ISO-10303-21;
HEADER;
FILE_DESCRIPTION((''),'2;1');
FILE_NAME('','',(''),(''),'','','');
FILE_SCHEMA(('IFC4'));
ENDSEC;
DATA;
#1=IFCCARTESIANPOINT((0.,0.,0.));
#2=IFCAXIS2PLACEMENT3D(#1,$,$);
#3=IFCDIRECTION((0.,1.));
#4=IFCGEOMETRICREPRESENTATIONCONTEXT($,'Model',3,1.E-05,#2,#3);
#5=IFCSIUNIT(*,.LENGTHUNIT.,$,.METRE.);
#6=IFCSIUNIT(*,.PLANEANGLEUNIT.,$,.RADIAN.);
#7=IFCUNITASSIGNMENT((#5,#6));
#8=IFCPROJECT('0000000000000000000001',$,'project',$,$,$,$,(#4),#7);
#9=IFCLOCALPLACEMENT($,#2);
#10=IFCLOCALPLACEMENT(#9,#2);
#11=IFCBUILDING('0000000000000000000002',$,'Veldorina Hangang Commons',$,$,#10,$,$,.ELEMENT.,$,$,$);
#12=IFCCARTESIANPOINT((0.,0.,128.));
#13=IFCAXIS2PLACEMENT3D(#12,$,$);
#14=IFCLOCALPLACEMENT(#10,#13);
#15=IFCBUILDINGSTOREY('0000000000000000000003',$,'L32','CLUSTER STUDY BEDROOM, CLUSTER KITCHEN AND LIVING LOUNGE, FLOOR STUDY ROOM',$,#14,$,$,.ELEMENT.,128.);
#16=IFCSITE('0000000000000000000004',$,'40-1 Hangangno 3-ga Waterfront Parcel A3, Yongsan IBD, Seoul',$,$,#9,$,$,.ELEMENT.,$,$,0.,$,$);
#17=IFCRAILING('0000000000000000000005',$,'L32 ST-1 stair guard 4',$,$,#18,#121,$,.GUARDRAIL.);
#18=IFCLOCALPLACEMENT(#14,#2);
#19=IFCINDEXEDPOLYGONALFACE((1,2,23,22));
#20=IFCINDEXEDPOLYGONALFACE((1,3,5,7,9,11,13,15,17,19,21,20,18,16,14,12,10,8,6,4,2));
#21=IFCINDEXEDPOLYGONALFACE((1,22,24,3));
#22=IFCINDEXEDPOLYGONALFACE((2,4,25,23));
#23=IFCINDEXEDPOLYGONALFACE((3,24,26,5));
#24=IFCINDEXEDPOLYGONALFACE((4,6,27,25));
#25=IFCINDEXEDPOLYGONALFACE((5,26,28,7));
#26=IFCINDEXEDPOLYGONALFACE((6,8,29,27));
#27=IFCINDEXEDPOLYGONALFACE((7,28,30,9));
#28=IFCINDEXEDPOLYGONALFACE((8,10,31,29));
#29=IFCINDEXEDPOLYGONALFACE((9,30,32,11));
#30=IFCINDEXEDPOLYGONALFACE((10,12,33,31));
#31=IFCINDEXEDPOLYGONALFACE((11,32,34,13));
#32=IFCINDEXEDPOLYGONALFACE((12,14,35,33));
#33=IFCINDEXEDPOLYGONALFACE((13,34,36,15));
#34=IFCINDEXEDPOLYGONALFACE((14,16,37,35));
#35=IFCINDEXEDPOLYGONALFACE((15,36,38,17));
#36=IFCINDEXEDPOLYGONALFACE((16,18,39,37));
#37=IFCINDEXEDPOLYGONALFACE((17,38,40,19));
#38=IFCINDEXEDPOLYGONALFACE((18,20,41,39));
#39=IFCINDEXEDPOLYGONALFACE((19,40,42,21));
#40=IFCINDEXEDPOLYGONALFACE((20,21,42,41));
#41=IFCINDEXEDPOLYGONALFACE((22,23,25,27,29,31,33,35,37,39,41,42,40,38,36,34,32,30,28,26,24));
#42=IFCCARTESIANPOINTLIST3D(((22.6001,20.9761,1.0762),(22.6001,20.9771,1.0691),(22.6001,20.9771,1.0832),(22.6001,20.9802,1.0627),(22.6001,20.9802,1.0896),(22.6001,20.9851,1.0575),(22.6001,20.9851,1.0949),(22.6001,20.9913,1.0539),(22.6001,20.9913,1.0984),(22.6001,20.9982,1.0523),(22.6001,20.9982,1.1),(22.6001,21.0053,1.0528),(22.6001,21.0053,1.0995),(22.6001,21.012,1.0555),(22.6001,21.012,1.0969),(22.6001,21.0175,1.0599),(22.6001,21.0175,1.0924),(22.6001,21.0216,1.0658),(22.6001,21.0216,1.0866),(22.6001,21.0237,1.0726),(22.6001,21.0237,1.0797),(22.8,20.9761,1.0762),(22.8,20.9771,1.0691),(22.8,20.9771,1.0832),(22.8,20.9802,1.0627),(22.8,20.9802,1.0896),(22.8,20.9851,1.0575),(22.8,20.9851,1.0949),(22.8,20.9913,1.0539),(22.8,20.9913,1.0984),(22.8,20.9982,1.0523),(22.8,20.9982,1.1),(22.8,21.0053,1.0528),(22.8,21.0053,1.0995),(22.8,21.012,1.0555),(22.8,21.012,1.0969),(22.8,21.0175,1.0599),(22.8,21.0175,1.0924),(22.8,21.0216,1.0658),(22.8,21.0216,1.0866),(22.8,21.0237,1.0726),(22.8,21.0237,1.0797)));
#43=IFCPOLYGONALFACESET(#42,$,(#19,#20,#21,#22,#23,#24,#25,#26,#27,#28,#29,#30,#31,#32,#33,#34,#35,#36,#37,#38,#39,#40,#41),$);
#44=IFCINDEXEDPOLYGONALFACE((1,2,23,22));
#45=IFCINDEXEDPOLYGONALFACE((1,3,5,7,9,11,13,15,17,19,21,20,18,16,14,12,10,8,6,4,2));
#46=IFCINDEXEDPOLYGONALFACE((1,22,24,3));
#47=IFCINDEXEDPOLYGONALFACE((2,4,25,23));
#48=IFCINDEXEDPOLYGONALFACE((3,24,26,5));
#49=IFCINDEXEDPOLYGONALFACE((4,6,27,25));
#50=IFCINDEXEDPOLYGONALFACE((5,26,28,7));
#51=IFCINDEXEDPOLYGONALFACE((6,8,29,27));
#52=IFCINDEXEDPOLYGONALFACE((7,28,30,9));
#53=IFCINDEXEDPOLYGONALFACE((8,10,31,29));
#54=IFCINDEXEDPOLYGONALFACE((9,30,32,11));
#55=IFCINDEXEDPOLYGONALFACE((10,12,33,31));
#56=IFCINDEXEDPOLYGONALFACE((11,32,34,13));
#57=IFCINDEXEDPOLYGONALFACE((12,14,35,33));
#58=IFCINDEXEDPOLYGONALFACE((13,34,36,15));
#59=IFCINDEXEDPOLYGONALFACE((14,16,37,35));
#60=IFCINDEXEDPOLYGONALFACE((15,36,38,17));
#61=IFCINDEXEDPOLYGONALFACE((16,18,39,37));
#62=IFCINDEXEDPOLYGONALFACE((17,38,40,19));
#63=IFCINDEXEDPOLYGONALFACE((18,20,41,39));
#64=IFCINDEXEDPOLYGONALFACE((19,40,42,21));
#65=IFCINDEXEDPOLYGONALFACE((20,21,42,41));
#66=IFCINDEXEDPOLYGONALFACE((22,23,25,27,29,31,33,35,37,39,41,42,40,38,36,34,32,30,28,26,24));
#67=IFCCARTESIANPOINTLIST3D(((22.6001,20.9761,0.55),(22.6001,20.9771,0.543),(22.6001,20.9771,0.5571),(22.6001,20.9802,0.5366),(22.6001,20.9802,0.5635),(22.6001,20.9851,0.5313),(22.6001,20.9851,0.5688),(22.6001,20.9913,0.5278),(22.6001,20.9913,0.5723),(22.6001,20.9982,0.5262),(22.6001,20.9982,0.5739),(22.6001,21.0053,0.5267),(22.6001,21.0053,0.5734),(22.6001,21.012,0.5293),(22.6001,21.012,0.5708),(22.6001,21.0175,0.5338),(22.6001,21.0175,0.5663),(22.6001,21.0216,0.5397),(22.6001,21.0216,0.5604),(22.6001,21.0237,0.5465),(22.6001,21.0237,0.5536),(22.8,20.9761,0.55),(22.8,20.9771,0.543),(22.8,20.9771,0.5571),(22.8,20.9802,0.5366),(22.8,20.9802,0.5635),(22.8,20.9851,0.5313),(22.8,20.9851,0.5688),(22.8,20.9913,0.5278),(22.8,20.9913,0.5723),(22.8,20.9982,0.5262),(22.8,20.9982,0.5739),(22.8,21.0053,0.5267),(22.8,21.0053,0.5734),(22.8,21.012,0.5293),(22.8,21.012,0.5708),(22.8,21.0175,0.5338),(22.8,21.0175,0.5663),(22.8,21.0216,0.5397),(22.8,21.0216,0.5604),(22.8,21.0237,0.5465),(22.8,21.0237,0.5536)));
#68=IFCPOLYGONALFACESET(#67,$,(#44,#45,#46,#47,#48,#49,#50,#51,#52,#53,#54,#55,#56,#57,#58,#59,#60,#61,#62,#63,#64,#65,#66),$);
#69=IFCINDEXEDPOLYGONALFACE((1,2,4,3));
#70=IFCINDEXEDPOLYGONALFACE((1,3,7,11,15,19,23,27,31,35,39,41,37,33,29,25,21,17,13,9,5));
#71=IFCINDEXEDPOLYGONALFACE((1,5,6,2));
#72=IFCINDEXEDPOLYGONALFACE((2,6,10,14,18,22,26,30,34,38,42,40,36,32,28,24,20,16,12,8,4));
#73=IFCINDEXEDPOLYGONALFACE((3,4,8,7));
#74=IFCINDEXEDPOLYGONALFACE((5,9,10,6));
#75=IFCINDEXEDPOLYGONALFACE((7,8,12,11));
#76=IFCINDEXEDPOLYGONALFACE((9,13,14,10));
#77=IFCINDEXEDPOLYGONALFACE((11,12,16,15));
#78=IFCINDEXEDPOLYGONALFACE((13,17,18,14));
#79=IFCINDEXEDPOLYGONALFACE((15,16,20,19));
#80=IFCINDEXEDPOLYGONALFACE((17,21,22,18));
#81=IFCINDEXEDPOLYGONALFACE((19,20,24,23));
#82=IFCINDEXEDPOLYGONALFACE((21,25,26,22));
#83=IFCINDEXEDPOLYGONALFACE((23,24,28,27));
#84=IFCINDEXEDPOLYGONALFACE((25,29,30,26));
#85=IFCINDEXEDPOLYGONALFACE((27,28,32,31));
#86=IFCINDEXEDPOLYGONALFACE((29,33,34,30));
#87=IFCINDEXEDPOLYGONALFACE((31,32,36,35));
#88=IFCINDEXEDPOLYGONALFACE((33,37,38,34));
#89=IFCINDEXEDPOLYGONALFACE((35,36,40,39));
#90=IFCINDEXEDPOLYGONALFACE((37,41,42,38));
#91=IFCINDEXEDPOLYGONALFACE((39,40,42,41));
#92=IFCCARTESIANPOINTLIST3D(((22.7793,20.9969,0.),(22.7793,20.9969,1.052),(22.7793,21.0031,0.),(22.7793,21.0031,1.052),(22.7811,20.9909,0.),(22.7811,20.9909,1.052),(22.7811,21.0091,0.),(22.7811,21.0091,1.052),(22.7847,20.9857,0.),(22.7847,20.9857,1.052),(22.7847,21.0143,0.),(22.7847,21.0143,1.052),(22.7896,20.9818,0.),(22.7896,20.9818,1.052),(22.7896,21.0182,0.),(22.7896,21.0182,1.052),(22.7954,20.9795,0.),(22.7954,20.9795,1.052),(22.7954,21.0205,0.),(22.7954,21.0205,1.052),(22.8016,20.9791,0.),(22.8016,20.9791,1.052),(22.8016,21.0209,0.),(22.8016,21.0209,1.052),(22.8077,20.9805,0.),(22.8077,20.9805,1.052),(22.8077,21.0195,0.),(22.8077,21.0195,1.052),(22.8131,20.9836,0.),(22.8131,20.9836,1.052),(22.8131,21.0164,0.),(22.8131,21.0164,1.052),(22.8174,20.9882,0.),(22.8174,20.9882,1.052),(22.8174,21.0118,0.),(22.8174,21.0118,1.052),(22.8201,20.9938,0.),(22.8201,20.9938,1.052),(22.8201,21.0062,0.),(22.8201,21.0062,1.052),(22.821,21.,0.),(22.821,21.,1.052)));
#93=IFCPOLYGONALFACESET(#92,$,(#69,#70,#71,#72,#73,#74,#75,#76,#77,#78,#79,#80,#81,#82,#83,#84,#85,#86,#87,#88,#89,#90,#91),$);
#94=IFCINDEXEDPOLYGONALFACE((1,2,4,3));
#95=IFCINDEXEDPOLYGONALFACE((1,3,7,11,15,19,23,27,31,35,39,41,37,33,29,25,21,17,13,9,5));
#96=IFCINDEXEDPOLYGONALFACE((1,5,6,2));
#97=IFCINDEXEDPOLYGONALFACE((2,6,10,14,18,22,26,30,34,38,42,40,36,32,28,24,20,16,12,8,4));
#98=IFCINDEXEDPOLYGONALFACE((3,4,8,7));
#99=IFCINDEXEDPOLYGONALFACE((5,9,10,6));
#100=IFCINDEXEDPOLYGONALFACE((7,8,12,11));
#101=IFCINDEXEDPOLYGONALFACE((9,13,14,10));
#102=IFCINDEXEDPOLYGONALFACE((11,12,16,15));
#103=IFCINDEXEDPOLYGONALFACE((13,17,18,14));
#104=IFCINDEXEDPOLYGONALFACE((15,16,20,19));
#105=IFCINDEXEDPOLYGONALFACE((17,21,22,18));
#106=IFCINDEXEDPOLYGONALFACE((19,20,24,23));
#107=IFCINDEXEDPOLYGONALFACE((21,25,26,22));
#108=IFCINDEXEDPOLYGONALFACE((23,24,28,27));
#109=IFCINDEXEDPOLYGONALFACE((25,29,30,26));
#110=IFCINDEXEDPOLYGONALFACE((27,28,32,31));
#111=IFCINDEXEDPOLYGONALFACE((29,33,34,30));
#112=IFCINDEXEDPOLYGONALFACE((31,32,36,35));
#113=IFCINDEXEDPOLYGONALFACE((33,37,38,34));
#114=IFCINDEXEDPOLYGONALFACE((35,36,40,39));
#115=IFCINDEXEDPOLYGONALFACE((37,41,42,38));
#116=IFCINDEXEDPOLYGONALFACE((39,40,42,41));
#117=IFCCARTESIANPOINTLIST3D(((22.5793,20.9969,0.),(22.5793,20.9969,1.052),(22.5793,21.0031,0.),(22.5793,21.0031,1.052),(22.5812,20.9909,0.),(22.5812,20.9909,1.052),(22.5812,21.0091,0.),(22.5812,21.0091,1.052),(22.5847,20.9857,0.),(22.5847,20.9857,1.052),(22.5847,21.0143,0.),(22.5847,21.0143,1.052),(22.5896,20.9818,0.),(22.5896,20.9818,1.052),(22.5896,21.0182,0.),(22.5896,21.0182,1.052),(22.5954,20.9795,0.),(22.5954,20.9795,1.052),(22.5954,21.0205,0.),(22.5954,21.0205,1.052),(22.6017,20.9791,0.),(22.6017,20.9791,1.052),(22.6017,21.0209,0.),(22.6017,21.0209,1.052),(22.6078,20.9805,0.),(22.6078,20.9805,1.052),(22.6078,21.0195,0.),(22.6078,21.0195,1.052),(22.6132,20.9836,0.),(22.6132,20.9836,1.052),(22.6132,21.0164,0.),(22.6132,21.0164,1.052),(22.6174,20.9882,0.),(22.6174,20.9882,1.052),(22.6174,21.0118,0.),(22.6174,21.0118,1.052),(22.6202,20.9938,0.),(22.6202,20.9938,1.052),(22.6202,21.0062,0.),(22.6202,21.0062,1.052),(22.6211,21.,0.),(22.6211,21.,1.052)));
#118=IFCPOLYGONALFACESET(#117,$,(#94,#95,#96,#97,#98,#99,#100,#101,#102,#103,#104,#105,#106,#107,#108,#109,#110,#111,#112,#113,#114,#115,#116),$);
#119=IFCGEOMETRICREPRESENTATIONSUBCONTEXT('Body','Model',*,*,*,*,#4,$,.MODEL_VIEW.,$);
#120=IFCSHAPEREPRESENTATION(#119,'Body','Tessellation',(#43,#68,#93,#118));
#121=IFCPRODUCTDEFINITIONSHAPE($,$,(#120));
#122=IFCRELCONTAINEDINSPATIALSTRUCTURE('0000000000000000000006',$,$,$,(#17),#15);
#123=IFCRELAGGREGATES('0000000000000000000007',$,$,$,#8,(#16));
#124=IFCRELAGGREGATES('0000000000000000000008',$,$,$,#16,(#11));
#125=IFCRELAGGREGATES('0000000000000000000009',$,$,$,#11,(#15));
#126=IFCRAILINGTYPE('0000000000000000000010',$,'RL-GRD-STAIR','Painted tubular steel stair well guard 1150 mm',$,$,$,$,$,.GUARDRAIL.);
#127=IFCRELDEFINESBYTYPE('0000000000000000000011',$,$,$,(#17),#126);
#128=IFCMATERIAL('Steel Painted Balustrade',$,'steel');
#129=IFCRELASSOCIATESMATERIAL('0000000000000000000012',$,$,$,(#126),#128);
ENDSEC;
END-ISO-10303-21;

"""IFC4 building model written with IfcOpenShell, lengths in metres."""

from ifc_helpers import new_model, si_unit, direction, frame, origin, origin_2d, place, context, subcontext, project, spatial, circle, extrude, material, type_object, element, save


model = new_model("IFC4")

# Units and contexts
model_context = context("Model", 3, precision=1e-05, world=origin(), true_north=direction((0.0, 1.0)))
body_context = subcontext(model_context, "Body", "Model", "MODEL_VIEW")
ifc_project = project(units=[si_unit("LENGTHUNIT", "METRE"), si_unit("PLANEANGLEUNIT", "RADIAN")], contexts=[model_context])

# Site, building, storey
site_placement = place(None, origin())
site = spatial("IfcSite", under=ifc_project, at=site_placement, Name="40-1 Hangangno 3-ga Waterfront Parcel A3, Yongsan IBD, Seoul", CompositionType="ELEMENT", RefElevation=0.0)
building_placement = place(site_placement, origin())
building = spatial("IfcBuilding", under=site, at=building_placement, Name="Veldorina Hangang Commons", CompositionType="ELEMENT")
storey_placement = place(building_placement, frame((0.0, 0.0, 128.0)))
storey = spatial("IfcBuildingStorey", under=building, at=storey_placement, Name="L32", Description="CLUSTER STUDY BEDROOM, CLUSTER KITCHEN AND LIVING LOUNGE, FLOOR STUDY ROOM", CompositionType="ELEMENT", Elevation=128.0)

# Railing
ifc_material_1 = material(Name="Steel Painted Balustrade", Category="steel")
railing_type_1 = type_object("IfcRailingType", Name="RL-GRD-STAIR", Description="Painted tubular steel stair well guard 1150 mm", PredefinedType="GUARDRAIL", material=ifc_material_1)
railing_1_placement = place(storey_placement, frame((22.8, 21.0, 0.0)))
element("IfcRailing", 1, at=railing_1_placement, inside=storey, type_object=railing_type_1, Name="L32 ST-1 stair guard 4", PredefinedType="GUARDRAIL", context=body_context, shape_type="SweptSolid", body=[
    extrude(circle(Radius=0.0239, at=origin_2d()), frame((0.0, 0.0, 1.0762), z_axis=(-1.0, 0.0, 0.0), x_axis=(0.0, -1.0, 0.0)), (0.0, 0.0, 1.0), 0.2),
    extrude(circle(Radius=0.0239, at=origin_2d()), frame((0.0, 0.0, 0.55), z_axis=(-1.0, 0.0, 0.0), x_axis=(0.0, -1.0, 0.0)), (0.0, 0.0, 1.0), 0.2),
    extrude(circle(Radius=0.021, at=origin_2d()), origin(), (0.0, 0.0, 1.0), 1.052),
    extrude(circle(Radius=0.021, at=origin_2d()), frame((-0.2, 0.0, 0.0)), (0.0, 0.0, 1.0), 1.052),
])

save(model, "model.ifc")
